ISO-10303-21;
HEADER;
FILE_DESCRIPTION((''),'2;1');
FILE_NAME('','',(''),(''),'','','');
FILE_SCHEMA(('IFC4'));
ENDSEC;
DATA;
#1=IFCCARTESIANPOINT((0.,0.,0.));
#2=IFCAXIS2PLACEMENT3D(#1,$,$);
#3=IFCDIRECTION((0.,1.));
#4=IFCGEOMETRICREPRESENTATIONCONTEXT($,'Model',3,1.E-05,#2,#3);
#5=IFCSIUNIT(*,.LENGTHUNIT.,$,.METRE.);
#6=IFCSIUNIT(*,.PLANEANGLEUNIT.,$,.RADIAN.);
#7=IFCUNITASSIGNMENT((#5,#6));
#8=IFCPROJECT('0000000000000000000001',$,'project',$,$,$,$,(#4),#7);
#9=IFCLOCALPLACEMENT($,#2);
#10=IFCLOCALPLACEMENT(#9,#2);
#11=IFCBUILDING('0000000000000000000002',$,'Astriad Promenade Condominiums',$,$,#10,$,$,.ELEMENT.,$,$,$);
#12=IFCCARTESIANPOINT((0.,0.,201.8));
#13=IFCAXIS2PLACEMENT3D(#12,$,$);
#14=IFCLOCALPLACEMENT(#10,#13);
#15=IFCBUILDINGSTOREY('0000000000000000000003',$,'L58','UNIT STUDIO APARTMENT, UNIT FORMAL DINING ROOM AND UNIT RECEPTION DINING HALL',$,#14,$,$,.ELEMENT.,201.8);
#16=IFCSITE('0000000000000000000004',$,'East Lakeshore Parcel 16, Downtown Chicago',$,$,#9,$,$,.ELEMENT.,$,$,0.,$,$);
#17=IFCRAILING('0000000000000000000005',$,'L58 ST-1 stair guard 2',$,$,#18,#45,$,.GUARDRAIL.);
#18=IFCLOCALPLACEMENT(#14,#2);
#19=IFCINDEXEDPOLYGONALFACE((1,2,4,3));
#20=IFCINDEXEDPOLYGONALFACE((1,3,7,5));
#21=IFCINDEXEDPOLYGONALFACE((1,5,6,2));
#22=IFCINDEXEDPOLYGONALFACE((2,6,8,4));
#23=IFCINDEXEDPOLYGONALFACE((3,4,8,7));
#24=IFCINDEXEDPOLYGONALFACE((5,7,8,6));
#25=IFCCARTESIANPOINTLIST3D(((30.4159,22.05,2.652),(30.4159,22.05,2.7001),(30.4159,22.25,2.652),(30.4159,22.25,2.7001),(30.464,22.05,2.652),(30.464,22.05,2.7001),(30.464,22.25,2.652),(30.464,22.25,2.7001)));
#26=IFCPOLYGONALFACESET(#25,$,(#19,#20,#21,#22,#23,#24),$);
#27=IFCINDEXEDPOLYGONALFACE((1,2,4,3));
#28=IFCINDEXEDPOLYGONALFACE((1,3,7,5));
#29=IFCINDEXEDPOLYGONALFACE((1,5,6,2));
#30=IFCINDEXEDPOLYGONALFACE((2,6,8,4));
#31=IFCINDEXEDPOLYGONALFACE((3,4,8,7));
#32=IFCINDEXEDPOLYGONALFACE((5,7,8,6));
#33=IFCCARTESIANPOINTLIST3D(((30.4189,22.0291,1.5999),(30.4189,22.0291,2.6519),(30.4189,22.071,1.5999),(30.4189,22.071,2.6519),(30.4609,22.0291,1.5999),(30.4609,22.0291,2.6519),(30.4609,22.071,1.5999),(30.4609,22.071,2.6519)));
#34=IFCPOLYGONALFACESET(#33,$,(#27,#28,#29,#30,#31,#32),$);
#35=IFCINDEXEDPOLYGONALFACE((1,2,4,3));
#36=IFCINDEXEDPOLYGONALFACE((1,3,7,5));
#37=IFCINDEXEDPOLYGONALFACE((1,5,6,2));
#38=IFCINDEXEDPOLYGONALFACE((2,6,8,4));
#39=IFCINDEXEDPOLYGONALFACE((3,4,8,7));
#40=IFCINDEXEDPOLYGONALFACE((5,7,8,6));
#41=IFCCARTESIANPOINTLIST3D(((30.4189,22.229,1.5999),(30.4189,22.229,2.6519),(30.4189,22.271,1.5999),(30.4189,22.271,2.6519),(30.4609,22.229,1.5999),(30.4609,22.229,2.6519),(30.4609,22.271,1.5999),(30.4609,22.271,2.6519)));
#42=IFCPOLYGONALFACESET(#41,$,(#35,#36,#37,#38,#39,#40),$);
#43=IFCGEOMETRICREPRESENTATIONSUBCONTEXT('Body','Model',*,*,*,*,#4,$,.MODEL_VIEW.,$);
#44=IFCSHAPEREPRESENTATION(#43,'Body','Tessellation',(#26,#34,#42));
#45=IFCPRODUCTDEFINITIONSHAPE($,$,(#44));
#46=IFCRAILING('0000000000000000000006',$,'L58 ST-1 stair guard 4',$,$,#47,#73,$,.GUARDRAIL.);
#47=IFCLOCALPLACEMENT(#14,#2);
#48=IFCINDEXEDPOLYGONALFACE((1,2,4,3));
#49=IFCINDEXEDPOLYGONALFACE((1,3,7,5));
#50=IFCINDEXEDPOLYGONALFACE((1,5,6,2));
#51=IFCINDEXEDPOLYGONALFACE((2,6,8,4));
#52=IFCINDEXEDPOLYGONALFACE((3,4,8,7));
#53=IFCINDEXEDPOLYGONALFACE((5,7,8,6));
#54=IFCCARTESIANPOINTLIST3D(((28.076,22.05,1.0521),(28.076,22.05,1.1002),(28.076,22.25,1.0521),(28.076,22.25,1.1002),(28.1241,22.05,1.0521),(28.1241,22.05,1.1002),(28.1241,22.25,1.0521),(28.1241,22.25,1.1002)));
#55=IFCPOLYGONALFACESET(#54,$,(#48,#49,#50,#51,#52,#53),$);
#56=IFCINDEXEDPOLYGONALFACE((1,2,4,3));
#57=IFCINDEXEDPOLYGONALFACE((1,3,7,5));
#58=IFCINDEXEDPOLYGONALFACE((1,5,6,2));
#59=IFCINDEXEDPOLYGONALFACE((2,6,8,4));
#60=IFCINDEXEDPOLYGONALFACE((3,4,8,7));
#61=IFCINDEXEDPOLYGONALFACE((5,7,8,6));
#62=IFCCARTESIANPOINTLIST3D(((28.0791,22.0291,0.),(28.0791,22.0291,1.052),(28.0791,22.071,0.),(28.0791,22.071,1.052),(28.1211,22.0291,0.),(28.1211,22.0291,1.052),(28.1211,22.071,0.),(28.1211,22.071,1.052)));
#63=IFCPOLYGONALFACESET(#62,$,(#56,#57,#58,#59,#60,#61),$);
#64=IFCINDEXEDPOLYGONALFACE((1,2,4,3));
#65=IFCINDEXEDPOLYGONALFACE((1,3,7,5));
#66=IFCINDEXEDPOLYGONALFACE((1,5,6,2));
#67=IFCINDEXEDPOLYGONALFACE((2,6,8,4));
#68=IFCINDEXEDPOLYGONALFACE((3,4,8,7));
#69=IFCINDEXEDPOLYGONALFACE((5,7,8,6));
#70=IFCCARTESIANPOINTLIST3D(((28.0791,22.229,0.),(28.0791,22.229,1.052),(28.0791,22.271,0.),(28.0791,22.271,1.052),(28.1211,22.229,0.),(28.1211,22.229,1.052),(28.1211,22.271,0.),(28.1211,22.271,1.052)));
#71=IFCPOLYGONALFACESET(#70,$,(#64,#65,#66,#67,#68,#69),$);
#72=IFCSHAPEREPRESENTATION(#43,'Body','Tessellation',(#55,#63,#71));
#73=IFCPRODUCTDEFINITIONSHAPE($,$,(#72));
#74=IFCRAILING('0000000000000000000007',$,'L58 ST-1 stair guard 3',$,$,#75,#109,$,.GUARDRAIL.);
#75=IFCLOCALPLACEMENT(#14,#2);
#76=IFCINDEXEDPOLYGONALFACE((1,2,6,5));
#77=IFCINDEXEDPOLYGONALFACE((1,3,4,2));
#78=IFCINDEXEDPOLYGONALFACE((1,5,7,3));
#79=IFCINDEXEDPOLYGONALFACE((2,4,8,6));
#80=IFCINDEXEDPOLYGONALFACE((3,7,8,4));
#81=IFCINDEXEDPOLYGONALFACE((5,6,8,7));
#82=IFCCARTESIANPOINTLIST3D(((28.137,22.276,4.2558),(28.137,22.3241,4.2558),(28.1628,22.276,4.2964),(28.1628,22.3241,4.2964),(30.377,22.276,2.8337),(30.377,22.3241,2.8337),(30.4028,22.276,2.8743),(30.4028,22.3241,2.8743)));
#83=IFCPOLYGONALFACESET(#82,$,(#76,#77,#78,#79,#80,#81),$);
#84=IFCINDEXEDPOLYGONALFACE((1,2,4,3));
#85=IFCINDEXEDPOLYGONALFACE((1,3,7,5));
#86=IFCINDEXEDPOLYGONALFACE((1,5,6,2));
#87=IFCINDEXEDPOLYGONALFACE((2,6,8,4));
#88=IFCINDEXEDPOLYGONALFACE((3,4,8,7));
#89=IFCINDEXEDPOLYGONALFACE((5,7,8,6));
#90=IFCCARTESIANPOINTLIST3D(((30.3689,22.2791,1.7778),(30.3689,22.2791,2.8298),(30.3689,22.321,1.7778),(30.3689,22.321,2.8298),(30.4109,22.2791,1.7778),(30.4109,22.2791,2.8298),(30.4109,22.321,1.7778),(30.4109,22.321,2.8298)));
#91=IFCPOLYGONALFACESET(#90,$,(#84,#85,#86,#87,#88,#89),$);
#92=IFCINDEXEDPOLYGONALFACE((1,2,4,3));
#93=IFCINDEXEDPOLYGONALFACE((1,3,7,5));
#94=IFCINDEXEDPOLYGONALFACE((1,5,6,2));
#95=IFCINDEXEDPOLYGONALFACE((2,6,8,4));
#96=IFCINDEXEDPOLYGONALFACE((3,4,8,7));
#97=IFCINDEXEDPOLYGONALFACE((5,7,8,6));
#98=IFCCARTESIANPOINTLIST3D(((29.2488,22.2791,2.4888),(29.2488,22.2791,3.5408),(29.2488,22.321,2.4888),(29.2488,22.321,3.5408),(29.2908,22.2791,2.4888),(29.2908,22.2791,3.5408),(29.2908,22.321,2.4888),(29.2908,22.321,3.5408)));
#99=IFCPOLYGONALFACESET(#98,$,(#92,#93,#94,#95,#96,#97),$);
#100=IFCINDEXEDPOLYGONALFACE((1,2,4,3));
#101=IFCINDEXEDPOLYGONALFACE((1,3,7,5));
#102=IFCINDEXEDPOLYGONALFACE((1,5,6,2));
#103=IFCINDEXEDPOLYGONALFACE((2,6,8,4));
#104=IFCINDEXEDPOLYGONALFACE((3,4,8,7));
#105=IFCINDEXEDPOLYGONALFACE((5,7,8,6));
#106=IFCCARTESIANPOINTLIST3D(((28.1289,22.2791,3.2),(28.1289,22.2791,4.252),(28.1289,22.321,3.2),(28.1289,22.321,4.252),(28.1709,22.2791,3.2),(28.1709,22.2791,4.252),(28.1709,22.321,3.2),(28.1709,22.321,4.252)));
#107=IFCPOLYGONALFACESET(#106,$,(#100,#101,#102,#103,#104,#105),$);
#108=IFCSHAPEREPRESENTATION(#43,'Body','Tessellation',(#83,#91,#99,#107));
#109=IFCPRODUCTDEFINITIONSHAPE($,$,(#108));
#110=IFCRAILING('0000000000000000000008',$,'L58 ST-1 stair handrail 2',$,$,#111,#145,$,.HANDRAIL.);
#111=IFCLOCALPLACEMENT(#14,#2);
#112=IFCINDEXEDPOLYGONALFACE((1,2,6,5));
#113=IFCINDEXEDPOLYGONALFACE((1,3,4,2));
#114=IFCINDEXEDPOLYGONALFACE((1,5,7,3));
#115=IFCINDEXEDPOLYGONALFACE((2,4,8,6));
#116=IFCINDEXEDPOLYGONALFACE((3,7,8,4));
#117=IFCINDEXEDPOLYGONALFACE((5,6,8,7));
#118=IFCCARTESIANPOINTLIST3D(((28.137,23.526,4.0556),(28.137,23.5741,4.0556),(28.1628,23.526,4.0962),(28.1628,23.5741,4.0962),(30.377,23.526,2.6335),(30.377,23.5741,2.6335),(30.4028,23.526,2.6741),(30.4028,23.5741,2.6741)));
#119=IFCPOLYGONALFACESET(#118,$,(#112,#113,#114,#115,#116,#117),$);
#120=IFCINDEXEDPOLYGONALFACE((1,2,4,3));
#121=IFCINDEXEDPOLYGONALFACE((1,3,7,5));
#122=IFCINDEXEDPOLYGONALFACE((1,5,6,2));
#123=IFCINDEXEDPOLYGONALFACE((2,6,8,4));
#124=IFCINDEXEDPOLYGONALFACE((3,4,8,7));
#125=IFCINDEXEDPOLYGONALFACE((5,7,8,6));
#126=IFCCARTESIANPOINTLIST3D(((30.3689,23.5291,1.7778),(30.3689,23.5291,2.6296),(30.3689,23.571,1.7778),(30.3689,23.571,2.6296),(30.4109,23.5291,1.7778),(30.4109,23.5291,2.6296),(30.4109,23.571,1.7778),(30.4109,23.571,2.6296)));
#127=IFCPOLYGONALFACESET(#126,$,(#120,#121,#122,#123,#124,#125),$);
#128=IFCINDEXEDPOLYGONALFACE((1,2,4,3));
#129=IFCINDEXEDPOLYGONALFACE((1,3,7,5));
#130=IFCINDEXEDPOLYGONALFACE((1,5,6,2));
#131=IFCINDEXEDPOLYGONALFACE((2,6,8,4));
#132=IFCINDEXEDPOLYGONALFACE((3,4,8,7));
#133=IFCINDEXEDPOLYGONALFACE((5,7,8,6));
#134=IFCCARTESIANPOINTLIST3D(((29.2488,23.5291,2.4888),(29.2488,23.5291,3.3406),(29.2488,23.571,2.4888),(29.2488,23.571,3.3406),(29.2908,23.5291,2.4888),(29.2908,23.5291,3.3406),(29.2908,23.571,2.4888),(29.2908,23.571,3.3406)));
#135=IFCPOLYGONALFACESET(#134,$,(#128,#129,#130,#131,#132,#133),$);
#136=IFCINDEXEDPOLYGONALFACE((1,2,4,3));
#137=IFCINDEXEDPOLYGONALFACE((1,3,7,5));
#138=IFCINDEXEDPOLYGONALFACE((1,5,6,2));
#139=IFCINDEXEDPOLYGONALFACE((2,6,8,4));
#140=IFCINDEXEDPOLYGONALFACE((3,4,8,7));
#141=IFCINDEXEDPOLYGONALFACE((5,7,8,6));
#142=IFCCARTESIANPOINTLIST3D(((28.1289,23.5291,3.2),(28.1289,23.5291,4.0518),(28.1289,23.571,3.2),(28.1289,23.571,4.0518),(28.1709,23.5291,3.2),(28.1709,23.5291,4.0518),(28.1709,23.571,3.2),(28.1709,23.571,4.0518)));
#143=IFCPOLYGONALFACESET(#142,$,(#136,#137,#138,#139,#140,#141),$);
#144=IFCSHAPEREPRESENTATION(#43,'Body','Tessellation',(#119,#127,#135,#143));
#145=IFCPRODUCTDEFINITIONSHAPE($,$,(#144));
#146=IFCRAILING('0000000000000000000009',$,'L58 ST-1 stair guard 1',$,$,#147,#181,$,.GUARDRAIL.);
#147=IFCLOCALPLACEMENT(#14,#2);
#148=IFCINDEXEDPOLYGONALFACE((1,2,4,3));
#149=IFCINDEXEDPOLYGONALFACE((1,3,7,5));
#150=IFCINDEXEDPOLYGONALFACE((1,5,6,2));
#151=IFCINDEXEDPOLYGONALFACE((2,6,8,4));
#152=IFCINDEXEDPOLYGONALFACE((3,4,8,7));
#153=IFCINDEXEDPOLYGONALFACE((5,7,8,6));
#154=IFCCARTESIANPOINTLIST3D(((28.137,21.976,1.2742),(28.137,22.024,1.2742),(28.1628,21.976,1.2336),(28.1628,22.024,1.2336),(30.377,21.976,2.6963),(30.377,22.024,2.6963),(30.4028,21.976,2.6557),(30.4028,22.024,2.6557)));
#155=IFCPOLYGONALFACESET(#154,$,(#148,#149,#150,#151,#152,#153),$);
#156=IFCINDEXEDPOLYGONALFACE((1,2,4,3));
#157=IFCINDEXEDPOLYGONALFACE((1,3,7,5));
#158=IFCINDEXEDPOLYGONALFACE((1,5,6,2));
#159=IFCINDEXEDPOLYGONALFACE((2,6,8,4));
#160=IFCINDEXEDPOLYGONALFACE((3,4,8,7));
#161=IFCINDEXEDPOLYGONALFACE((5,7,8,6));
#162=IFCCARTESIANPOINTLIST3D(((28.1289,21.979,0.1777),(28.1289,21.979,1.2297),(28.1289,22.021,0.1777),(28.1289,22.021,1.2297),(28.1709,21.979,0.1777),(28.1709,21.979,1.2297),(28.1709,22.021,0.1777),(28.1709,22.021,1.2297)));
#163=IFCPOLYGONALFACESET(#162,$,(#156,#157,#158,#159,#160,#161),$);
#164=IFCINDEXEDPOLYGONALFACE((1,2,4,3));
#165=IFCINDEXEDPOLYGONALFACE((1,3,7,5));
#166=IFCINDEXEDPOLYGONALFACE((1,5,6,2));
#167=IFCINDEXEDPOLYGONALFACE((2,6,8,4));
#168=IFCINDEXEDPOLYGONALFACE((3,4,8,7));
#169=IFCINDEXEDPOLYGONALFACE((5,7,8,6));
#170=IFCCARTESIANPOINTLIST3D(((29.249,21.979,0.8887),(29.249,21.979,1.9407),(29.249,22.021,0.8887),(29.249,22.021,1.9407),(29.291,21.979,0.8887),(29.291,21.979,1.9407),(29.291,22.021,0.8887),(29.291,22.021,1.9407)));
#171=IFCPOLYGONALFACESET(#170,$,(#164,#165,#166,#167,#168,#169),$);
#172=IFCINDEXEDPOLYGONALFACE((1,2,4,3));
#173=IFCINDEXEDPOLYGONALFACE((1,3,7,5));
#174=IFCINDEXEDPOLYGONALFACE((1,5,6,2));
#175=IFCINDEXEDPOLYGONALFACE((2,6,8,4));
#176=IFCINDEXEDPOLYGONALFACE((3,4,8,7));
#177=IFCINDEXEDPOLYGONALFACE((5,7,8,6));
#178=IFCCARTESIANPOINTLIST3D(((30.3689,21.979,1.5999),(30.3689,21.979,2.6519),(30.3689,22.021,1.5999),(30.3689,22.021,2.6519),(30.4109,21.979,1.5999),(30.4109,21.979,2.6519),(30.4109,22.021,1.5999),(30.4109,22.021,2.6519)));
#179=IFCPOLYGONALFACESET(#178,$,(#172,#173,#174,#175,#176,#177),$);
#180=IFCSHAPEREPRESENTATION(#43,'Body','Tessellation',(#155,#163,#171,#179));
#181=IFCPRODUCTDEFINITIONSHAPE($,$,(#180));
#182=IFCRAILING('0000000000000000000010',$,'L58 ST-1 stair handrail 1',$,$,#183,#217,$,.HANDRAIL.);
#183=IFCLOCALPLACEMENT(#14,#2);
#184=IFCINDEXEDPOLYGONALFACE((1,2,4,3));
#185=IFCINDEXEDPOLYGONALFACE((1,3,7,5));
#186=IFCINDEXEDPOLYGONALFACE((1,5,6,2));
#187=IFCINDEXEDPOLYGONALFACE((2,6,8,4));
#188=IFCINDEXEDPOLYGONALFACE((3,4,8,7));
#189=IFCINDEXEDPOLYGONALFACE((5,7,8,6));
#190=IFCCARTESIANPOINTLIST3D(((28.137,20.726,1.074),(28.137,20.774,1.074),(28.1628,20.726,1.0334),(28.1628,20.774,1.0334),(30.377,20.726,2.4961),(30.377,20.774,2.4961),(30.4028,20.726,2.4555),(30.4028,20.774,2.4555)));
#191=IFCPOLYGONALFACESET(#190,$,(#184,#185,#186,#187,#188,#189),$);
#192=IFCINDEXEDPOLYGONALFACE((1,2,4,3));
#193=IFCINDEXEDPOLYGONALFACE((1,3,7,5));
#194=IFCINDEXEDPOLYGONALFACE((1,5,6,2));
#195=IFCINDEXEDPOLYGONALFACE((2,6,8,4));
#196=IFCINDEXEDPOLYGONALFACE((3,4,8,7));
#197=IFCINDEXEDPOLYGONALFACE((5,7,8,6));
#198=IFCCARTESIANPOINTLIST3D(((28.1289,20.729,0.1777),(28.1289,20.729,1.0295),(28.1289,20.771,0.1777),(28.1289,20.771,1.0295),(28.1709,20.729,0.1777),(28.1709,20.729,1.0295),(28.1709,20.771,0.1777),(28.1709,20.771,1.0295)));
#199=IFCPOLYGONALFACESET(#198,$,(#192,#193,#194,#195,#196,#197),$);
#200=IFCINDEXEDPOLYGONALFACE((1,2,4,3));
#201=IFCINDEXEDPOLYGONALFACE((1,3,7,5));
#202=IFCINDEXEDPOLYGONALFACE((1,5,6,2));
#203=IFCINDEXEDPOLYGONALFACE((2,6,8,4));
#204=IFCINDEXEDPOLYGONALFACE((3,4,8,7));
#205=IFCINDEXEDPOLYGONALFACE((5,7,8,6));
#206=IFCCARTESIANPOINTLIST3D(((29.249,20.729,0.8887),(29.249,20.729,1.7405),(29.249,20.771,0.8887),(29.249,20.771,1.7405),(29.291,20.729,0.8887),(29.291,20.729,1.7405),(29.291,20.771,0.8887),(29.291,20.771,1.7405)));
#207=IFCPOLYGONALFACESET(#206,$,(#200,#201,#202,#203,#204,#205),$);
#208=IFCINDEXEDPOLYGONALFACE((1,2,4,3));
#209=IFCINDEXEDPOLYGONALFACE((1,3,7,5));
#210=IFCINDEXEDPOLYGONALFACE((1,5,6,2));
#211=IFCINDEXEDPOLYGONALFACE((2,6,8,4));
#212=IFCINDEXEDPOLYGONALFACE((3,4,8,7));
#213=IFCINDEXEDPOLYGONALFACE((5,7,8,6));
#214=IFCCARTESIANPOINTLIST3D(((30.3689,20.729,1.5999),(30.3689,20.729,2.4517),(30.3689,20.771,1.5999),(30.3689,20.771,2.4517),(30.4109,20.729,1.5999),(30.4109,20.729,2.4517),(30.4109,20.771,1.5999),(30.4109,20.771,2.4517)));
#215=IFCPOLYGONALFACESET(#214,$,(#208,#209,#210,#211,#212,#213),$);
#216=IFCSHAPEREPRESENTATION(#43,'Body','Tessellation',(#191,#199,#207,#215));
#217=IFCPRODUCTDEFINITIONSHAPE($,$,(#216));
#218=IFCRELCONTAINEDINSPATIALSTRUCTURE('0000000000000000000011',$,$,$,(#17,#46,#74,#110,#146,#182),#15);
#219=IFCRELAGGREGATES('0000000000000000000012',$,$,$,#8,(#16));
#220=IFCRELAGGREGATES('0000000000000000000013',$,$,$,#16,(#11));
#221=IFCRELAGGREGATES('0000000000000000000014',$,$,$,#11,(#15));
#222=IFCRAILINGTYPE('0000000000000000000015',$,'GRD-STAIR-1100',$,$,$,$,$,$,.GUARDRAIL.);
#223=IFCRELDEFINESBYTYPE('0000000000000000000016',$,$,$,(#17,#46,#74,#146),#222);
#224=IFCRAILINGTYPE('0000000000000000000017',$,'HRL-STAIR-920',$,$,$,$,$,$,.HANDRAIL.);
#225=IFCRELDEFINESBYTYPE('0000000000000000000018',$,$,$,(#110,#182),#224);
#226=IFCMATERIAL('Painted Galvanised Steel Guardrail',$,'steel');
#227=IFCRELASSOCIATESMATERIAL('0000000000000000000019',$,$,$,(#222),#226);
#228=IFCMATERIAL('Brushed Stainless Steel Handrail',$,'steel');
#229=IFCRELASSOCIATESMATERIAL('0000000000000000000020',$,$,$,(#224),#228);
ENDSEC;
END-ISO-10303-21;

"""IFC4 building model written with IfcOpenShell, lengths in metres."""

from ifc_helpers import new_model, si_unit, direction, frame, origin, origin_2d, place, context, subcontext, project, spatial, rectangle, extrude, source, transform, mapped, material, type_object, type_shapes, element, save


model = new_model("IFC4")

# Units and contexts
model_context = context("Model", 3, precision=1e-05, world=origin(), true_north=direction((0.0, 1.0)))
body_context = subcontext(model_context, "Body", "Model", "MODEL_VIEW")
ifc_project = project(units=[si_unit("LENGTHUNIT", "METRE"), si_unit("PLANEANGLEUNIT", "RADIAN")], contexts=[model_context])

# Site, building, storey
site_placement = place(None, origin())
site = spatial("IfcSite", under=ifc_project, at=site_placement, Name="East Lakeshore Parcel 16, Downtown Chicago", CompositionType="ELEMENT", RefElevation=0.0)
building_placement = place(site_placement, origin())
building = spatial("IfcBuilding", under=site, at=building_placement, Name="Astriad Promenade Condominiums", CompositionType="ELEMENT")
storey_placement = place(building_placement, frame((0.0, 0.0, 201.8)))
storey = spatial("IfcBuildingStorey", under=building, at=storey_placement, Name="L58", Description="UNIT STUDIO APARTMENT, UNIT FORMAL DINING ROOM AND UNIT RECEPTION DINING HALL", CompositionType="ELEMENT", Elevation=201.8)

# Railings
ifc_material_1 = material(Name="Painted Galvanised Steel Guardrail", Category="steel")
railing_type_1 = type_object("IfcRailingType", Name="GRD-STAIR-1100", PredefinedType="GUARDRAIL", material=ifc_material_1)
shared_shape_1 = source(origin(), body_context, "Body", "SweptSolid", [
    extrude(rectangle(XDim=0.0481, YDim=0.0481, at=origin_2d()), frame((0.0, 0.0, 1.0762), z_axis=(0.0, 1.0, 0.0), x_axis=(-1.0, 0.0, 0.0)), (0.0, 0.0, 1.0), 0.2),
    extrude(rectangle(XDim=0.042, YDim=0.042, at=origin_2d()), origin(), (0.0, 0.0, 1.0), 1.052),
    extrude(rectangle(XDim=0.042, YDim=0.042, at=origin_2d()), frame((0.0, 0.2, 0.0)), (0.0, 0.0, 1.0), 1.052),
])
for number, where, name in (
    (1, (30.4399, 22.05, 1.5999), "L58 ST-1 stair guard 2"),
    (2, (28.1001, 22.05, 0.0), "L58 ST-1 stair guard 4"),
):
    element("IfcRailing", number, at=place(storey_placement, frame(where)), inside=storey, type_object=railing_type_1, Name=name, PredefinedType="GUARDRAIL", context=body_context, shape_type="MappedRepresentation", body=[
        mapped(shared_shape_1, transform((0.0, 0.0, 0.0), scale=1.0)),
    ])
shared_shape_2 = source(origin(), body_context, "Body", "SweptSolid", [
    extrude(rectangle(XDim=0.0481, YDim=0.0481, at=origin_2d()), frame((0.0, 0.0, 1.0762), z_axis=(-0.844229, 0.0, 0.535982), x_axis=(0.0, -1.0, 0.0)), (0.0, 0.0, 1.0), 2.6533),
    extrude(rectangle(XDim=0.042, YDim=0.042, at=origin_2d()), origin(), (0.0, 0.0, 1.0), 1.052),
    extrude(rectangle(XDim=0.042, YDim=0.042, at=origin_2d()), frame((-1.1201, 0.0, 0.7109)), (0.0, 0.0, 1.0), 1.052),
    extrude(rectangle(XDim=0.042, YDim=0.042, at=origin_2d()), frame((-2.24, 0.0, 1.4221)), (0.0, 0.0, 1.0), 1.052),
])
railing_1_placement = place(storey_placement, frame((30.3899, 22.3, 1.7778)))
element("IfcRailing", 3, at=railing_1_placement, inside=storey, type_object=railing_type_1, Name="L58 ST-1 stair guard 3", PredefinedType="GUARDRAIL", context=body_context, shape_type="MappedRepresentation", body=[
    mapped(shared_shape_2, transform((0.0, 0.0, 0.0), scale=1.0)),
])
ifc_material_2 = material(Name="Brushed Stainless Steel Handrail", Category="steel")
railing_type_2 = type_object("IfcRailingType", Name="HRL-STAIR-920", PredefinedType="HANDRAIL", material=ifc_material_2)
shared_shape_3 = source(origin(), body_context, "Body", "SweptSolid", [
    extrude(rectangle(XDim=0.0481, YDim=0.0481, at=origin_2d()), frame((0.0, 0.0, 0.876), z_axis=(-0.844229, 0.0, 0.535982), x_axis=(0.0, -1.0, 0.0)), (0.0, 0.0, 1.0), 2.6533),
    extrude(rectangle(XDim=0.042, YDim=0.042, at=origin_2d()), origin(), (0.0, 0.0, 1.0), 0.8518),
    extrude(rectangle(XDim=0.042, YDim=0.042, at=origin_2d()), frame((-1.1201, 0.0, 0.7109)), (0.0, 0.0, 1.0), 0.8518),
    extrude(rectangle(XDim=0.042, YDim=0.042, at=origin_2d()), frame((-2.24, 0.0, 1.4221)), (0.0, 0.0, 1.0), 0.8518),
])
railing_2_placement = place(storey_placement, frame((30.3899, 23.55, 1.7778)))
element("IfcRailing", 4, at=railing_2_placement, inside=storey, type_object=railing_type_2, Name="L58 ST-1 stair handrail 2", PredefinedType="HANDRAIL", context=body_context, shape_type="MappedRepresentation", body=[
    mapped(shared_shape_3, transform((0.0, 0.0, 0.0), scale=1.0)),
])
shared_shape_4 = source(origin(), body_context, "Body", "SweptSolid", [
    extrude(rectangle(XDim=0.0481, YDim=0.0481, at=origin_2d()), frame((0.0, 0.0, 1.0762), z_axis=(0.844229, 0.0, 0.535982), x_axis=(0.0, 1.0, 0.0)), (0.0, 0.0, 1.0), 2.6533),
    extrude(rectangle(XDim=0.042, YDim=0.042, at=origin_2d()), origin(), (0.0, 0.0, 1.0), 1.052),
    extrude(rectangle(XDim=0.042, YDim=0.042, at=origin_2d()), frame((1.1201, 0.0, 0.7109)), (0.0, 0.0, 1.0), 1.052),
    extrude(rectangle(XDim=0.042, YDim=0.042, at=origin_2d()), frame((2.24, 0.0, 1.4221)), (0.0, 0.0, 1.0), 1.052),
])
type_shapes(railing_type_1, [shared_shape_1, shared_shape_2, shared_shape_4])
railing_3_placement = place(storey_placement, frame((28.1499, 22.0, 0.1777)))
element("IfcRailing", 5, at=railing_3_placement, inside=storey, type_object=railing_type_1, Name="L58 ST-1 stair guard 1", PredefinedType="GUARDRAIL", context=body_context, shape_type="MappedRepresentation", body=[
    mapped(shared_shape_4, transform((0.0, 0.0, 0.0), scale=1.0)),
])
shared_shape_5 = source(origin(), body_context, "Body", "SweptSolid", [
    extrude(rectangle(XDim=0.0481, YDim=0.0481, at=origin_2d()), frame((0.0, 0.0, 0.876), z_axis=(0.844229, 0.0, 0.535982), x_axis=(0.0, 1.0, 0.0)), (0.0, 0.0, 1.0), 2.6533),
    extrude(rectangle(XDim=0.042, YDim=0.042, at=origin_2d()), origin(), (0.0, 0.0, 1.0), 0.8518),
    extrude(rectangle(XDim=0.042, YDim=0.042, at=origin_2d()), frame((1.1201, 0.0, 0.7109)), (0.0, 0.0, 1.0), 0.8518),
    extrude(rectangle(XDim=0.042, YDim=0.042, at=origin_2d()), frame((2.24, 0.0, 1.4221)), (0.0, 0.0, 1.0), 0.8518),
])
type_shapes(railing_type_2, [shared_shape_3, shared_shape_5])
railing_4_placement = place(storey_placement, frame((28.1499, 20.75, 0.1777)))
element("IfcRailing", 6, at=railing_4_placement, inside=storey, type_object=railing_type_2, Name="L58 ST-1 stair handrail 1", PredefinedType="HANDRAIL", context=body_context, shape_type="MappedRepresentation", body=[
    mapped(shared_shape_5, transform((0.0, 0.0, 0.0), scale=1.0)),
])

save(model, "model.ifc")
